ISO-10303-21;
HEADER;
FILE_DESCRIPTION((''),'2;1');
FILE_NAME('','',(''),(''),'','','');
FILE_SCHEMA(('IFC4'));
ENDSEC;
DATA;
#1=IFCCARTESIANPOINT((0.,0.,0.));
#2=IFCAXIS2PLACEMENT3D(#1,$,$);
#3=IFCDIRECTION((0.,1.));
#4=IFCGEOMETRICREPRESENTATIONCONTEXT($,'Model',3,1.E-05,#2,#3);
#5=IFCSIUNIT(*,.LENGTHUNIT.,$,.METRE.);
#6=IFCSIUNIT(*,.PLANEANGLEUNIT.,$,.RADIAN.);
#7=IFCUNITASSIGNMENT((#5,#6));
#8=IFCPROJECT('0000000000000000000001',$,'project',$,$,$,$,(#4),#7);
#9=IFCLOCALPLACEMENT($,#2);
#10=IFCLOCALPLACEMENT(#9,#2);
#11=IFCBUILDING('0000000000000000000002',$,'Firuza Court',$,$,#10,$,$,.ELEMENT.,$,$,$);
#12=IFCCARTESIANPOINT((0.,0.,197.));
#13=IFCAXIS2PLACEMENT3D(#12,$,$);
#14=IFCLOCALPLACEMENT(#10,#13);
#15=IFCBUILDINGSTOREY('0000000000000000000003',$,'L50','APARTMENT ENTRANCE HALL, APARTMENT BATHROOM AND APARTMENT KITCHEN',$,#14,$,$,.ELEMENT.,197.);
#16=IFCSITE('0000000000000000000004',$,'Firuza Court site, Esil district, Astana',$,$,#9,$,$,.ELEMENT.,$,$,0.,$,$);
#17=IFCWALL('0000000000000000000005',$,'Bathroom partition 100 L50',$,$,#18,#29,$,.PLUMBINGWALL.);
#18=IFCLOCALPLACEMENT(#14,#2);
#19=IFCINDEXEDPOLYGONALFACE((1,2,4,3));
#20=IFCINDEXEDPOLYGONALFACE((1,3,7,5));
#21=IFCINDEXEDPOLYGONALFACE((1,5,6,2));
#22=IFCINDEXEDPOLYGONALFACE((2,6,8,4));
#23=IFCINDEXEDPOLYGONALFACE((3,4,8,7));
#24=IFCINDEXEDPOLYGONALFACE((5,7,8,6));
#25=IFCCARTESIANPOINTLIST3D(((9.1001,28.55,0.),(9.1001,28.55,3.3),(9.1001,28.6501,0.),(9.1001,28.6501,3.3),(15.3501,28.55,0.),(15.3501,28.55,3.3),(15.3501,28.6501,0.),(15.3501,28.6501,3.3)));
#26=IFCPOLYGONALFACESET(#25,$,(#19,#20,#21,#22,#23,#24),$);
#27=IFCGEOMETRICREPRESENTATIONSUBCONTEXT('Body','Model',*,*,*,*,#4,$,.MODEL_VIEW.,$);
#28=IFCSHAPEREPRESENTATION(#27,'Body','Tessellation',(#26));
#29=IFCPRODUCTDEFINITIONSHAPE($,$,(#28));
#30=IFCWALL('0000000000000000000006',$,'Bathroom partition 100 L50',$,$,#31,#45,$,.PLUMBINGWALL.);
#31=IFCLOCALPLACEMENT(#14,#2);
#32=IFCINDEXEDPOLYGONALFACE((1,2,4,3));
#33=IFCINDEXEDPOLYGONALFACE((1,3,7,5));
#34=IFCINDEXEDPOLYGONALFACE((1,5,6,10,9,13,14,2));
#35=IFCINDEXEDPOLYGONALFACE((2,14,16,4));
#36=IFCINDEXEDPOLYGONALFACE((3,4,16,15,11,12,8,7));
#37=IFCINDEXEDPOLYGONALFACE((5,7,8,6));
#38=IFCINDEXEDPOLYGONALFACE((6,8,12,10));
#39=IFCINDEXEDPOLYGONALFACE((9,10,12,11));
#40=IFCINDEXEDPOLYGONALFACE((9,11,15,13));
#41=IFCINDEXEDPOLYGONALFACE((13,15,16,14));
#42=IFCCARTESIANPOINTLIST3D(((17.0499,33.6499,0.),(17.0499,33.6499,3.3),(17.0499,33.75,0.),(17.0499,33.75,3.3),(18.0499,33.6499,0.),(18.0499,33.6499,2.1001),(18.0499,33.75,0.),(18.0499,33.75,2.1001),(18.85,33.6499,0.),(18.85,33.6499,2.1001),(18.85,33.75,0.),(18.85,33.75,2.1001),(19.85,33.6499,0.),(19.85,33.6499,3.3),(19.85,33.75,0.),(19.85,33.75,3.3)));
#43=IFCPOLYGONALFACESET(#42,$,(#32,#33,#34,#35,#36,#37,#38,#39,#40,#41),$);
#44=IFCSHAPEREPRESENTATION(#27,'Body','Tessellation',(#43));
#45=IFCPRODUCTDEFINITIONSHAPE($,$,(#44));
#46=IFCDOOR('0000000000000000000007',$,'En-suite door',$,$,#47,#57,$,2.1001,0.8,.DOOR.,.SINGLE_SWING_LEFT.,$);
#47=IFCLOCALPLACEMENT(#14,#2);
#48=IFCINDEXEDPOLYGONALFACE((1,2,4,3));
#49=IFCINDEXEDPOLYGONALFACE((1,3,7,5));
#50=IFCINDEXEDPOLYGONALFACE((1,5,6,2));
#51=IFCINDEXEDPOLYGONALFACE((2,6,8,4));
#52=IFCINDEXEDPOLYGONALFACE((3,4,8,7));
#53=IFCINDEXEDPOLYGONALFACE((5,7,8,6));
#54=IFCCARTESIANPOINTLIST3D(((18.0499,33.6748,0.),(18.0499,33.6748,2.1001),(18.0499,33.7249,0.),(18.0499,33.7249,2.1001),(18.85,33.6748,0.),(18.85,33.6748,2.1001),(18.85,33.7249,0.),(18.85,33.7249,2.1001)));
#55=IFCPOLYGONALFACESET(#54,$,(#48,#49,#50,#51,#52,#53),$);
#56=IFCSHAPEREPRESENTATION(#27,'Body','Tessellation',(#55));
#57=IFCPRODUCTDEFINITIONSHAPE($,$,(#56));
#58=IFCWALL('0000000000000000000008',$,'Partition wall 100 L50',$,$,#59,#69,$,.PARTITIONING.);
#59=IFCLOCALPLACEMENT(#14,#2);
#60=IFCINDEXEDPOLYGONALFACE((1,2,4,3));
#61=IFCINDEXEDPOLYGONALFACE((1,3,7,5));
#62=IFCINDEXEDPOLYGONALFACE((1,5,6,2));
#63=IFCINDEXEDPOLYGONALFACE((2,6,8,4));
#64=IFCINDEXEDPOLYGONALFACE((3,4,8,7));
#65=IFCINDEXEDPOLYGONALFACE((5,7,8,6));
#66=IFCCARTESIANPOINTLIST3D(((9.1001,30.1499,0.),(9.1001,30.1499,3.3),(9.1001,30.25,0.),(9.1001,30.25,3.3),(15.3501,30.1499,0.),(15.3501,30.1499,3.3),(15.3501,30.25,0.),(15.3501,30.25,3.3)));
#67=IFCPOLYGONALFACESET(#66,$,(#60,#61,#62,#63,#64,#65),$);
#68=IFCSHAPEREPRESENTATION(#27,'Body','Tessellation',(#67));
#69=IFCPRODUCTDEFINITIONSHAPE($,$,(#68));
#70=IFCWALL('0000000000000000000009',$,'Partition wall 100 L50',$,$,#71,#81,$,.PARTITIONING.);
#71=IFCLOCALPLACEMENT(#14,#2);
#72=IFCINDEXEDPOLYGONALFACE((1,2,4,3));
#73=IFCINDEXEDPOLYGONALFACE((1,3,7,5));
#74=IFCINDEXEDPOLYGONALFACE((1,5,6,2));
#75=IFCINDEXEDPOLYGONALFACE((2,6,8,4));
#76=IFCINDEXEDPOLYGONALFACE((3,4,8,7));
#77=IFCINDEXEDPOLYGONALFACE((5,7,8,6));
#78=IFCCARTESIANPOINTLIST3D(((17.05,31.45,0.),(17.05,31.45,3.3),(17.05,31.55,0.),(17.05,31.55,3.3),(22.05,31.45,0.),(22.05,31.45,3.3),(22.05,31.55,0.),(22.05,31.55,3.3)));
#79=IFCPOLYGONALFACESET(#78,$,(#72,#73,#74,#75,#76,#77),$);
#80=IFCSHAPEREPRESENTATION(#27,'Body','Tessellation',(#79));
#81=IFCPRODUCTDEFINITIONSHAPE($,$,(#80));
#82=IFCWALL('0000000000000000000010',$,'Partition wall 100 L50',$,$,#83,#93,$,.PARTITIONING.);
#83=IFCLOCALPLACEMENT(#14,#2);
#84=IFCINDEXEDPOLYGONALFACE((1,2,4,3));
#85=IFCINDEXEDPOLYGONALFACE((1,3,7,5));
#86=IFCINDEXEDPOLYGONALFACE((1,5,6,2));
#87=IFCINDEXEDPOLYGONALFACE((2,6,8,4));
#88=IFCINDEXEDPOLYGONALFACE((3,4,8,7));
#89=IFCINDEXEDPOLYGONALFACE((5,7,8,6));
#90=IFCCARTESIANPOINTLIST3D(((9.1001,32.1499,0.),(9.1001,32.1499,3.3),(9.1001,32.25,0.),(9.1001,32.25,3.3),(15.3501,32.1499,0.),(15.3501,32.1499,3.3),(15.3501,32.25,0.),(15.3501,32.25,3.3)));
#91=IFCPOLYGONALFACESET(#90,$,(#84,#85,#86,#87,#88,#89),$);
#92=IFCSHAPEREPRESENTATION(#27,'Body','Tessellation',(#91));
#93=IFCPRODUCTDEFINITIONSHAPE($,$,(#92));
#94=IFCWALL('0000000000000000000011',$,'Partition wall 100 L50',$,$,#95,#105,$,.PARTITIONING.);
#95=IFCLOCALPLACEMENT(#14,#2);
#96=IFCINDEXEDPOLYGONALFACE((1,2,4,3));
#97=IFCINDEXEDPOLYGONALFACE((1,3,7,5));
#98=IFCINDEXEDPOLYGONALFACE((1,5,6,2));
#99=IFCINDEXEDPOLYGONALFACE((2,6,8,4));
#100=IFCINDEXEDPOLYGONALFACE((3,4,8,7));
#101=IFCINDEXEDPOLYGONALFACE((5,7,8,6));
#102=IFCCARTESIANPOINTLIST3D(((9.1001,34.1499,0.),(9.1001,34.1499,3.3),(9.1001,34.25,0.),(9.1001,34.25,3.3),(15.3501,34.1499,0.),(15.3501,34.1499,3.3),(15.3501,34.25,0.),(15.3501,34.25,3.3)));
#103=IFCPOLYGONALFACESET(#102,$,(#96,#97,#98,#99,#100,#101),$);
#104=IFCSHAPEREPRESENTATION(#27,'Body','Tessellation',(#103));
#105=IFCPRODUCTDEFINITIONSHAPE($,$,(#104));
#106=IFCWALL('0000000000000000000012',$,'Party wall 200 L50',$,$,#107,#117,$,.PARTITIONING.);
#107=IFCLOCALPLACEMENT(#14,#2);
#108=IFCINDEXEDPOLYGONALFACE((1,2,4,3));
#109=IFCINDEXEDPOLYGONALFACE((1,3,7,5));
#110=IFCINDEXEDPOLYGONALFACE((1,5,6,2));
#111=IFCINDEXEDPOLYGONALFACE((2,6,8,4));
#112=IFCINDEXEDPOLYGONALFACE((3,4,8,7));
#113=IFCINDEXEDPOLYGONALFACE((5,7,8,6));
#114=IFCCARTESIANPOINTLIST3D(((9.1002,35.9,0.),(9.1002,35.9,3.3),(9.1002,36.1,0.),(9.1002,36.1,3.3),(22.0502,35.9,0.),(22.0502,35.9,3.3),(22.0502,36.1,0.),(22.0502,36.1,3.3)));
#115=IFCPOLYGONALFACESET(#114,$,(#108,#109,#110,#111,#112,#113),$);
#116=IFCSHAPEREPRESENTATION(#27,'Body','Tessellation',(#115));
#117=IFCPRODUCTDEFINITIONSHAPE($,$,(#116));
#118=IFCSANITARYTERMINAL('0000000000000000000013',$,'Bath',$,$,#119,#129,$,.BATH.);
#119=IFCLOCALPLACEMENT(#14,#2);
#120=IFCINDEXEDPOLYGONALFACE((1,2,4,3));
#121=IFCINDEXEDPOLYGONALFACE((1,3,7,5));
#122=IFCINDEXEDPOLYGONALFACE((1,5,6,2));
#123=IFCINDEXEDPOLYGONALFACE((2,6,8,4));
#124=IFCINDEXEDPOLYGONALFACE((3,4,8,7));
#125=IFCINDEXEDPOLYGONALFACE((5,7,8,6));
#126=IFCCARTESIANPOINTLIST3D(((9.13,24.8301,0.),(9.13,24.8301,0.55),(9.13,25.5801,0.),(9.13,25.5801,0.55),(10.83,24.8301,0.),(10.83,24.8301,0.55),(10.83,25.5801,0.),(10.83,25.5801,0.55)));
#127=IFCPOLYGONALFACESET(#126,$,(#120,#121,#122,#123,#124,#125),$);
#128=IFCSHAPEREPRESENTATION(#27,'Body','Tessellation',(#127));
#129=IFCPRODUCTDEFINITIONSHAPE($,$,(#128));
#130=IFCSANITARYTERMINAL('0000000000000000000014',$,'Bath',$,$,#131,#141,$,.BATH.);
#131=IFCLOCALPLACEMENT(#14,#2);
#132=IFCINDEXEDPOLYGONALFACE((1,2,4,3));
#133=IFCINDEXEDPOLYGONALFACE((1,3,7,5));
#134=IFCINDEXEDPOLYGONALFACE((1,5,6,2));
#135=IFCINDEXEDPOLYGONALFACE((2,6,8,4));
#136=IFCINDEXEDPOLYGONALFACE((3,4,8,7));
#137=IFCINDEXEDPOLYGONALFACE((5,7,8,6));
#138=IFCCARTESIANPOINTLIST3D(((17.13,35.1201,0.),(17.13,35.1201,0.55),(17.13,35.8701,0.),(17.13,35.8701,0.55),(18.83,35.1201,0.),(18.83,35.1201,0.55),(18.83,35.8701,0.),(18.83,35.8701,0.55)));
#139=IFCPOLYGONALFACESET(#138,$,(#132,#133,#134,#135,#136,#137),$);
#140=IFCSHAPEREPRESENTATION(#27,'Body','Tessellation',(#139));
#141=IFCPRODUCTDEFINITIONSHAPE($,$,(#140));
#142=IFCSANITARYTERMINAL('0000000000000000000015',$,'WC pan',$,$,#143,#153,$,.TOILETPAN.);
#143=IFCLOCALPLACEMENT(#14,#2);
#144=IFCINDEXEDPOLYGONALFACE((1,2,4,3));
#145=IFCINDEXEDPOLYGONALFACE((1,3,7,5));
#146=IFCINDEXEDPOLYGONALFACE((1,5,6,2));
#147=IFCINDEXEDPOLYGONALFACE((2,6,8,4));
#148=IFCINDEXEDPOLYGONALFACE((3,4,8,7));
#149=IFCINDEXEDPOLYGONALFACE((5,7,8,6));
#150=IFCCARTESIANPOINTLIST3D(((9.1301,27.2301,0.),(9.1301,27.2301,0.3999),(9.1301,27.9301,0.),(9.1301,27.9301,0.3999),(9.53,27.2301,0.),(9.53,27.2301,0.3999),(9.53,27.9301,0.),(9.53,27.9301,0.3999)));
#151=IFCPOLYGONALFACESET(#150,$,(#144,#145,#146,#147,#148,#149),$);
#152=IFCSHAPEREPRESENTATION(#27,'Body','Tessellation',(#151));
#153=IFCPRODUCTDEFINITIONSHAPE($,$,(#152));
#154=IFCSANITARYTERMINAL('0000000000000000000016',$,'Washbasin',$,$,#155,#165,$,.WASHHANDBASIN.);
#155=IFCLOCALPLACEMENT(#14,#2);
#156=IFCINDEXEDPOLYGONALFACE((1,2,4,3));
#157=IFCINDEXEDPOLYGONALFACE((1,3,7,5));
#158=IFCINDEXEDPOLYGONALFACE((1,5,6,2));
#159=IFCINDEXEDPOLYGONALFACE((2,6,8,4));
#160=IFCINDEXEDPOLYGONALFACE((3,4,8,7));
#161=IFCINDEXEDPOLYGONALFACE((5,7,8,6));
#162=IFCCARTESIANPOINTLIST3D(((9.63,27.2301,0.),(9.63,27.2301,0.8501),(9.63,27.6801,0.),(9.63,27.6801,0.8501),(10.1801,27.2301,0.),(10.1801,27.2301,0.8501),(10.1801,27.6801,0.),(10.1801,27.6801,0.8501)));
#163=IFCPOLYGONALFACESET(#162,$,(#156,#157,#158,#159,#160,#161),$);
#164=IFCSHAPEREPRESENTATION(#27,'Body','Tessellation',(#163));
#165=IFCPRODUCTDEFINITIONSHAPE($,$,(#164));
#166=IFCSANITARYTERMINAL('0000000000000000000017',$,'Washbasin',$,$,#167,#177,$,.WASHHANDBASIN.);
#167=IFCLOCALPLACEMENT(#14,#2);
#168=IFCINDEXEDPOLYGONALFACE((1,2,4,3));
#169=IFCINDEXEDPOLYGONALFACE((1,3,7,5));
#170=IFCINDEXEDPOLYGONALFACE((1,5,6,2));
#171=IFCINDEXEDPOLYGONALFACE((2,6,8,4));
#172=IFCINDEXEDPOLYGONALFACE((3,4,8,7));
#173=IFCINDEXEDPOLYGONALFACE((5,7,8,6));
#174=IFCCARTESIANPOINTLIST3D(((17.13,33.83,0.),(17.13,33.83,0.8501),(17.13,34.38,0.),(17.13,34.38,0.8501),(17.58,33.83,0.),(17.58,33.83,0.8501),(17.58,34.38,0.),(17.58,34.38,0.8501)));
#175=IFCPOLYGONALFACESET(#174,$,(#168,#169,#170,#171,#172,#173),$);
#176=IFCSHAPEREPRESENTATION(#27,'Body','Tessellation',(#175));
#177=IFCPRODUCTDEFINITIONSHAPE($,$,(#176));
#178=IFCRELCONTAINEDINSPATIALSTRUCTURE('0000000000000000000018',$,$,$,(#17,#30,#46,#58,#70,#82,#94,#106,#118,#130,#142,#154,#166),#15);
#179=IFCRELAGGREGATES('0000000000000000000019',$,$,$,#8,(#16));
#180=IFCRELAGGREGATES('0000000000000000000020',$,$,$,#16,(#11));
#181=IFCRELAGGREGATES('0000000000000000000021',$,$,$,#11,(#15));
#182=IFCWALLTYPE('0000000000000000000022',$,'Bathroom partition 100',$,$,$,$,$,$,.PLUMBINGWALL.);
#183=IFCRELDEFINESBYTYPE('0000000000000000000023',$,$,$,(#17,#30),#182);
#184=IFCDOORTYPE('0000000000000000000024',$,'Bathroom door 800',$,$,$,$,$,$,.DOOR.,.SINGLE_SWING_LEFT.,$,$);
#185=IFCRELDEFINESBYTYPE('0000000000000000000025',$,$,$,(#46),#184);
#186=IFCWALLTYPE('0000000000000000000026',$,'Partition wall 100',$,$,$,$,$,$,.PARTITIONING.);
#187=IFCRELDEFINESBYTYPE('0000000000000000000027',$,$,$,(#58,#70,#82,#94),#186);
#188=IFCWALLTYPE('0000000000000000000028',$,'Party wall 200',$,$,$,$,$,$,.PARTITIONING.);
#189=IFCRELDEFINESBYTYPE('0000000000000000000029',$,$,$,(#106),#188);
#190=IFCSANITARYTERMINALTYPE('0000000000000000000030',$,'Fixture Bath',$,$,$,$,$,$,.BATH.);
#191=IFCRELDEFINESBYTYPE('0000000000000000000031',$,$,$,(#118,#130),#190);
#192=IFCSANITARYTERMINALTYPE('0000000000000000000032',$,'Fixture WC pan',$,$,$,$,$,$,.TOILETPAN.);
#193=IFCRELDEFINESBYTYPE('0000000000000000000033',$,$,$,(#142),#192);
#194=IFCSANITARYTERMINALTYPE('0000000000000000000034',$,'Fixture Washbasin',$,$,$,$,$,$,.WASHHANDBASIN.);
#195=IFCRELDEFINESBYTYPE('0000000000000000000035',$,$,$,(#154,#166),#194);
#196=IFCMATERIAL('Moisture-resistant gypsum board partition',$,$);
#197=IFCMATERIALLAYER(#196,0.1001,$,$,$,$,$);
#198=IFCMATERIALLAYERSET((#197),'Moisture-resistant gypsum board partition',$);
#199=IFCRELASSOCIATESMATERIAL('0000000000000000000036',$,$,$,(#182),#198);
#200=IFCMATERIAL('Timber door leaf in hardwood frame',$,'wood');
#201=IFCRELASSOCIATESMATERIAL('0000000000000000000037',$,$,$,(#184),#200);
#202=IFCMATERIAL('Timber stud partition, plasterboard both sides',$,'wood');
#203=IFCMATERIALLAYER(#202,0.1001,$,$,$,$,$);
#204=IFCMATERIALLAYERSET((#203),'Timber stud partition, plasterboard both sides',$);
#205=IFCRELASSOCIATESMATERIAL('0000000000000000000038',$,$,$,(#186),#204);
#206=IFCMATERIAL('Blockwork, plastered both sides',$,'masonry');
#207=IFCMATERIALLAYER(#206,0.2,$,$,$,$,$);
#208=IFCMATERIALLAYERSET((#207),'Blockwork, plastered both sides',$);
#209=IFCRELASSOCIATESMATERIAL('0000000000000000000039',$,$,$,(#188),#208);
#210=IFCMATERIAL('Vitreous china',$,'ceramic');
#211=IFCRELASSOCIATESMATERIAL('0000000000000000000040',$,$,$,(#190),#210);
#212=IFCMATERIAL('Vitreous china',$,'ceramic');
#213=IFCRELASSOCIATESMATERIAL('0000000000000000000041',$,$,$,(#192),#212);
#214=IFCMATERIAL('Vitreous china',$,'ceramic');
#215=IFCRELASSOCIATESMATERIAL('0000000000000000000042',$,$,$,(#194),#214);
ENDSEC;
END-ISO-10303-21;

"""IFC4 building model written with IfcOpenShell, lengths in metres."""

from ifc_helpers import new_model, si_unit, direction, frame, frame_2d, origin, origin_2d, place, context, subcontext, project, spatial, rectangle, extrude, material, layer, layer_set, type_object, element, fill, save


model = new_model("IFC4")

# Units and contexts
model_context = context("Model", 3, precision=1e-05, world=origin(), true_north=direction((0.0, 1.0)))
body_context = subcontext(model_context, "Body", "Model", "MODEL_VIEW")
ifc_project = project(units=[si_unit("LENGTHUNIT", "METRE"), si_unit("PLANEANGLEUNIT", "RADIAN")], contexts=[model_context])

# Site, building, storey
site_placement = place(None, origin())
site = spatial("IfcSite", under=ifc_project, at=site_placement, Name="Firuza Court site, Esil district, Astana", CompositionType="ELEMENT", RefElevation=0.0)
building_placement = place(site_placement, origin())
building = spatial("IfcBuilding", under=site, at=building_placement, Name="Firuza Court", CompositionType="ELEMENT")
storey_placement = place(building_placement, frame((0.0, 0.0, 197.0)))
storey = spatial("IfcBuildingStorey", under=building, at=storey_placement, Name="L50", Description="APARTMENT ENTRANCE HALL, APARTMENT BATHROOM AND APARTMENT KITCHEN", CompositionType="ELEMENT", Elevation=197.0)

# Wall
ifc_material_1 = material(Name="Moisture-resistant gypsum board partition")
ifc_layer_1 = layer(ifc_material_1, 0.1001)
ifc_layer_set_1 = layer_set([ifc_layer_1], Name="Moisture-resistant gypsum board partition")
wall_type_1 = type_object("IfcWallType", Name="Bathroom partition 100", PredefinedType="PLUMBINGWALL", material=ifc_layer_set_1)
wall_1_placement = place(storey_placement, frame((9.1001, 28.6001, 0.0), z_axis=(0.0, 0.0, 1.0), x_axis=(1.0, 0.0, 0.0)))
element("IfcWall", 1, at=wall_1_placement, inside=storey, type_object=wall_type_1, Name="Bathroom partition 100 L50", PredefinedType="PLUMBINGWALL", context=body_context, shape_type="SweptSolid", body=[
    extrude(rectangle(XDim=6.25, YDim=0.1001, at=frame_2d((3.125, 0.0))), origin(), (0.0, 0.0, 1.0), 3.3),
])

# Wall, opening, door
wall_2_placement = place(storey_placement, frame((17.05, 33.7, 0.0), z_axis=(0.0, 0.0, 1.0), x_axis=(1.0, 0.0, 0.0)))
wall_2 = element("IfcWall", 2, at=wall_2_placement, inside=storey, type_object=wall_type_1, Name="Bathroom partition 100 L50", PredefinedType="PLUMBINGWALL", context=body_context, shape_type="SweptSolid", body=[
    extrude(rectangle(XDim=2.8, YDim=0.1001, at=frame_2d((1.3999, 0.0))), origin(), (0.0, 0.0, 1.0), 3.3),
])
opening_placement = place(wall_2_placement, frame((1.0, 0.0, 0.0)))
opening = element("IfcOpeningElement", 3, at=opening_placement, cuts=wall_2, PredefinedType="OPENING", context=body_context, shape_type="SweptSolid", body=[
    extrude(rectangle(XDim=0.8, YDim=2.1001, at=frame_2d((0.3999, 1.05))), frame((0.0, 0.062, 0.0), z_axis=(0.0, -1.0, 0.0), x_axis=(1.0, 0.0, 0.0)), (0.0, 0.0, 1.0), 0.124),
])
ifc_material_2 = material(Name="Timber door leaf in hardwood frame", Category="wood")
door_type = type_object("IfcDoorType", Name="Bathroom door 800", OperationType="SINGLE_SWING_LEFT", PredefinedType="DOOR", material=ifc_material_2)
door_placement = place(opening_placement, origin())
door = element("IfcDoor", 4, at=door_placement, inside=storey, type_object=door_type, Name="En-suite door", OperationType="SINGLE_SWING_LEFT", OverallHeight=2.1001, OverallWidth=0.8, PredefinedType="DOOR", context=body_context, shape_type="SweptSolid", body=[
    extrude(rectangle(XDim=0.8, YDim=2.1001, at=frame_2d((0.3999, 1.05))), frame((0.0, 0.0249, 0.0), z_axis=(0.0, -1.0, 0.0), x_axis=(1.0, 0.0, 0.0)), (0.0, 0.0, 1.0), 0.05),
])
fill(opening, door)

# Walls
ifc_material_3 = material(Name="Timber stud partition, plasterboard both sides", Category="wood")
ifc_layer_2 = layer(ifc_material_3, 0.1001)
ifc_layer_set_2 = layer_set([ifc_layer_2], Name="Timber stud partition, plasterboard both sides")
wall_type_2 = type_object("IfcWallType", Name="Partition wall 100", PredefinedType="PARTITIONING", material=ifc_layer_set_2)
wall_3_placement = place(storey_placement, frame((9.1001, 30.2, 0.0), z_axis=(0.0, 0.0, 1.0), x_axis=(1.0, 0.0, 0.0)))
element("IfcWall", 5, at=wall_3_placement, inside=storey, type_object=wall_type_2, Name="Partition wall 100 L50", PredefinedType="PARTITIONING", context=body_context, shape_type="SweptSolid", body=[
    extrude(rectangle(XDim=6.25, YDim=0.1001, at=frame_2d((3.125, 0.0))), origin(), (0.0, 0.0, 1.0), 3.3),
])
wall_4_placement = place(storey_placement, frame((17.05, 31.5, 0.0), z_axis=(0.0, 0.0, 1.0), x_axis=(1.0, 0.0, 0.0)))
element("IfcWall", 6, at=wall_4_placement, inside=storey, type_object=wall_type_2, Name="Partition wall 100 L50", PredefinedType="PARTITIONING", context=body_context, shape_type="SweptSolid", body=[
    extrude(rectangle(XDim=5.0, YDim=0.1001, at=frame_2d((2.5, 0.0))), origin(), (0.0, 0.0, 1.0), 3.3),
])
for number, where, z_axis, x_axis, name in (
    (7, (9.1001, 32.2, 0.0), (0.0, 0.0, 1.0), (1.0, 0.0, 0.0), "Partition wall 100 L50"),
    (8, (9.1001, 34.2, 0.0), (0.0, 0.0, 1.0), (1.0, 0.0, 0.0), "Partition wall 100 L50"),
):
    element("IfcWall", number, at=place(storey_placement, frame(where, z_axis=z_axis, x_axis=x_axis)), inside=storey, type_object=wall_type_2, Name=name, PredefinedType="PARTITIONING", context=body_context, shape_type="SweptSolid", body=[
        extrude(rectangle(XDim=6.25, YDim=0.1001, at=frame_2d((3.125, 0.0))), origin(), (0.0, 0.0, 1.0), 3.3),
    ])
ifc_material_4 = material(Name="Blockwork, plastered both sides", Category="masonry")
ifc_layer_3 = layer(ifc_material_4, 0.2)
ifc_layer_set_3 = layer_set([ifc_layer_3], Name="Blockwork, plastered both sides")
wall_type_3 = type_object("IfcWallType", Name="Party wall 200", PredefinedType="PARTITIONING", material=ifc_layer_set_3)
wall_5_placement = place(storey_placement, frame((9.1001, 36.0, 0.0), z_axis=(0.0, 0.0, 1.0), x_axis=(1.0, 0.0, 0.0)))
element("IfcWall", 9, at=wall_5_placement, inside=storey, type_object=wall_type_3, Name="Party wall 200 L50", PredefinedType="PARTITIONING", context=body_context, shape_type="SweptSolid", body=[
    extrude(rectangle(XDim=12.95, YDim=0.2, at=frame_2d((6.4751, 0.0))), origin(), (0.0, 0.0, 1.0), 3.3),
])

# Sanitary terminals
ifc_material_5 = material(Name="Vitreous china", Category="ceramic")
sanitary_terminal_type_1 = type_object("IfcSanitaryTerminalType", Name="Fixture Bath", PredefinedType="BATH", material=ifc_material_5)
for number, where, z_axis, x_axis, name in (
    (10, (9.98, 25.2051, 0.0), (0.0, 0.0, 1.0), (1.0, 0.0, 0.0), "Bath"),
    (11, (17.98, 35.4951, 0.0), (0.0, 0.0, 1.0), (1.0, 0.0, 0.0), "Bath"),
):
    element("IfcSanitaryTerminal", number, at=place(storey_placement, frame(where, z_axis=z_axis, x_axis=x_axis)), inside=storey, type_object=sanitary_terminal_type_1, Name=name, PredefinedType="BATH", context=body_context, shape_type="SweptSolid", body=[
        extrude(rectangle(XDim=1.7, YDim=0.75, at=origin_2d()), origin(), (0.0, 0.0, 1.0), 0.55),
    ])
ifc_material_6 = material(Name="Vitreous china", Category="ceramic")
sanitary_terminal_type_2 = type_object("IfcSanitaryTerminalType", Name="Fixture WC pan", PredefinedType="TOILETPAN", material=ifc_material_6)
sanitary_terminal_1_placement = place(storey_placement, frame((9.3301, 27.5801, 0.0), z_axis=(0.0, 0.0, 1.0), x_axis=(1.0, 0.0, 0.0)))
element("IfcSanitaryTerminal", 12, at=sanitary_terminal_1_placement, inside=storey, type_object=sanitary_terminal_type_2, Name="WC pan", PredefinedType="TOILETPAN", context=body_context, shape_type="SweptSolid", body=[
    extrude(rectangle(XDim=0.3999, YDim=0.7, at=origin_2d()), origin(), (0.0, 0.0, 1.0), 0.3999),
])
ifc_material_7 = material(Name="Vitreous china", Category="ceramic")
sanitary_terminal_type_3 = type_object("IfcSanitaryTerminalType", Name="Fixture Washbasin", PredefinedType="WASHHANDBASIN", material=ifc_material_7)
sanitary_terminal_2_placement = place(storey_placement, frame((9.905, 27.4551, 0.0), z_axis=(0.0, 0.0, 1.0), x_axis=(1.0, 0.0, 0.0)))
element("IfcSanitaryTerminal", 13, at=sanitary_terminal_2_placement, inside=storey, type_object=sanitary_terminal_type_3, Name="Washbasin", PredefinedType="WASHHANDBASIN", context=body_context, shape_type="SweptSolid", body=[
    extrude(rectangle(XDim=0.55, YDim=0.45, at=origin_2d()), origin(), (0.0, 0.0, 1.0), 0.8501),
])
sanitary_terminal_3_placement = place(storey_placement, frame((17.355, 34.105, 0.0), z_axis=(0.0, 0.0, 1.0), x_axis=(1.0, 0.0, 0.0)))
element("IfcSanitaryTerminal", 14, at=sanitary_terminal_3_placement, inside=storey, type_object=sanitary_terminal_type_3, Name="Washbasin", PredefinedType="WASHHANDBASIN", context=body_context, shape_type="SweptSolid", body=[
    extrude(rectangle(XDim=0.45, YDim=0.55, at=origin_2d()), origin(), (0.0, 0.0, 1.0), 0.8501),
])

save(model, "model.ifc")
